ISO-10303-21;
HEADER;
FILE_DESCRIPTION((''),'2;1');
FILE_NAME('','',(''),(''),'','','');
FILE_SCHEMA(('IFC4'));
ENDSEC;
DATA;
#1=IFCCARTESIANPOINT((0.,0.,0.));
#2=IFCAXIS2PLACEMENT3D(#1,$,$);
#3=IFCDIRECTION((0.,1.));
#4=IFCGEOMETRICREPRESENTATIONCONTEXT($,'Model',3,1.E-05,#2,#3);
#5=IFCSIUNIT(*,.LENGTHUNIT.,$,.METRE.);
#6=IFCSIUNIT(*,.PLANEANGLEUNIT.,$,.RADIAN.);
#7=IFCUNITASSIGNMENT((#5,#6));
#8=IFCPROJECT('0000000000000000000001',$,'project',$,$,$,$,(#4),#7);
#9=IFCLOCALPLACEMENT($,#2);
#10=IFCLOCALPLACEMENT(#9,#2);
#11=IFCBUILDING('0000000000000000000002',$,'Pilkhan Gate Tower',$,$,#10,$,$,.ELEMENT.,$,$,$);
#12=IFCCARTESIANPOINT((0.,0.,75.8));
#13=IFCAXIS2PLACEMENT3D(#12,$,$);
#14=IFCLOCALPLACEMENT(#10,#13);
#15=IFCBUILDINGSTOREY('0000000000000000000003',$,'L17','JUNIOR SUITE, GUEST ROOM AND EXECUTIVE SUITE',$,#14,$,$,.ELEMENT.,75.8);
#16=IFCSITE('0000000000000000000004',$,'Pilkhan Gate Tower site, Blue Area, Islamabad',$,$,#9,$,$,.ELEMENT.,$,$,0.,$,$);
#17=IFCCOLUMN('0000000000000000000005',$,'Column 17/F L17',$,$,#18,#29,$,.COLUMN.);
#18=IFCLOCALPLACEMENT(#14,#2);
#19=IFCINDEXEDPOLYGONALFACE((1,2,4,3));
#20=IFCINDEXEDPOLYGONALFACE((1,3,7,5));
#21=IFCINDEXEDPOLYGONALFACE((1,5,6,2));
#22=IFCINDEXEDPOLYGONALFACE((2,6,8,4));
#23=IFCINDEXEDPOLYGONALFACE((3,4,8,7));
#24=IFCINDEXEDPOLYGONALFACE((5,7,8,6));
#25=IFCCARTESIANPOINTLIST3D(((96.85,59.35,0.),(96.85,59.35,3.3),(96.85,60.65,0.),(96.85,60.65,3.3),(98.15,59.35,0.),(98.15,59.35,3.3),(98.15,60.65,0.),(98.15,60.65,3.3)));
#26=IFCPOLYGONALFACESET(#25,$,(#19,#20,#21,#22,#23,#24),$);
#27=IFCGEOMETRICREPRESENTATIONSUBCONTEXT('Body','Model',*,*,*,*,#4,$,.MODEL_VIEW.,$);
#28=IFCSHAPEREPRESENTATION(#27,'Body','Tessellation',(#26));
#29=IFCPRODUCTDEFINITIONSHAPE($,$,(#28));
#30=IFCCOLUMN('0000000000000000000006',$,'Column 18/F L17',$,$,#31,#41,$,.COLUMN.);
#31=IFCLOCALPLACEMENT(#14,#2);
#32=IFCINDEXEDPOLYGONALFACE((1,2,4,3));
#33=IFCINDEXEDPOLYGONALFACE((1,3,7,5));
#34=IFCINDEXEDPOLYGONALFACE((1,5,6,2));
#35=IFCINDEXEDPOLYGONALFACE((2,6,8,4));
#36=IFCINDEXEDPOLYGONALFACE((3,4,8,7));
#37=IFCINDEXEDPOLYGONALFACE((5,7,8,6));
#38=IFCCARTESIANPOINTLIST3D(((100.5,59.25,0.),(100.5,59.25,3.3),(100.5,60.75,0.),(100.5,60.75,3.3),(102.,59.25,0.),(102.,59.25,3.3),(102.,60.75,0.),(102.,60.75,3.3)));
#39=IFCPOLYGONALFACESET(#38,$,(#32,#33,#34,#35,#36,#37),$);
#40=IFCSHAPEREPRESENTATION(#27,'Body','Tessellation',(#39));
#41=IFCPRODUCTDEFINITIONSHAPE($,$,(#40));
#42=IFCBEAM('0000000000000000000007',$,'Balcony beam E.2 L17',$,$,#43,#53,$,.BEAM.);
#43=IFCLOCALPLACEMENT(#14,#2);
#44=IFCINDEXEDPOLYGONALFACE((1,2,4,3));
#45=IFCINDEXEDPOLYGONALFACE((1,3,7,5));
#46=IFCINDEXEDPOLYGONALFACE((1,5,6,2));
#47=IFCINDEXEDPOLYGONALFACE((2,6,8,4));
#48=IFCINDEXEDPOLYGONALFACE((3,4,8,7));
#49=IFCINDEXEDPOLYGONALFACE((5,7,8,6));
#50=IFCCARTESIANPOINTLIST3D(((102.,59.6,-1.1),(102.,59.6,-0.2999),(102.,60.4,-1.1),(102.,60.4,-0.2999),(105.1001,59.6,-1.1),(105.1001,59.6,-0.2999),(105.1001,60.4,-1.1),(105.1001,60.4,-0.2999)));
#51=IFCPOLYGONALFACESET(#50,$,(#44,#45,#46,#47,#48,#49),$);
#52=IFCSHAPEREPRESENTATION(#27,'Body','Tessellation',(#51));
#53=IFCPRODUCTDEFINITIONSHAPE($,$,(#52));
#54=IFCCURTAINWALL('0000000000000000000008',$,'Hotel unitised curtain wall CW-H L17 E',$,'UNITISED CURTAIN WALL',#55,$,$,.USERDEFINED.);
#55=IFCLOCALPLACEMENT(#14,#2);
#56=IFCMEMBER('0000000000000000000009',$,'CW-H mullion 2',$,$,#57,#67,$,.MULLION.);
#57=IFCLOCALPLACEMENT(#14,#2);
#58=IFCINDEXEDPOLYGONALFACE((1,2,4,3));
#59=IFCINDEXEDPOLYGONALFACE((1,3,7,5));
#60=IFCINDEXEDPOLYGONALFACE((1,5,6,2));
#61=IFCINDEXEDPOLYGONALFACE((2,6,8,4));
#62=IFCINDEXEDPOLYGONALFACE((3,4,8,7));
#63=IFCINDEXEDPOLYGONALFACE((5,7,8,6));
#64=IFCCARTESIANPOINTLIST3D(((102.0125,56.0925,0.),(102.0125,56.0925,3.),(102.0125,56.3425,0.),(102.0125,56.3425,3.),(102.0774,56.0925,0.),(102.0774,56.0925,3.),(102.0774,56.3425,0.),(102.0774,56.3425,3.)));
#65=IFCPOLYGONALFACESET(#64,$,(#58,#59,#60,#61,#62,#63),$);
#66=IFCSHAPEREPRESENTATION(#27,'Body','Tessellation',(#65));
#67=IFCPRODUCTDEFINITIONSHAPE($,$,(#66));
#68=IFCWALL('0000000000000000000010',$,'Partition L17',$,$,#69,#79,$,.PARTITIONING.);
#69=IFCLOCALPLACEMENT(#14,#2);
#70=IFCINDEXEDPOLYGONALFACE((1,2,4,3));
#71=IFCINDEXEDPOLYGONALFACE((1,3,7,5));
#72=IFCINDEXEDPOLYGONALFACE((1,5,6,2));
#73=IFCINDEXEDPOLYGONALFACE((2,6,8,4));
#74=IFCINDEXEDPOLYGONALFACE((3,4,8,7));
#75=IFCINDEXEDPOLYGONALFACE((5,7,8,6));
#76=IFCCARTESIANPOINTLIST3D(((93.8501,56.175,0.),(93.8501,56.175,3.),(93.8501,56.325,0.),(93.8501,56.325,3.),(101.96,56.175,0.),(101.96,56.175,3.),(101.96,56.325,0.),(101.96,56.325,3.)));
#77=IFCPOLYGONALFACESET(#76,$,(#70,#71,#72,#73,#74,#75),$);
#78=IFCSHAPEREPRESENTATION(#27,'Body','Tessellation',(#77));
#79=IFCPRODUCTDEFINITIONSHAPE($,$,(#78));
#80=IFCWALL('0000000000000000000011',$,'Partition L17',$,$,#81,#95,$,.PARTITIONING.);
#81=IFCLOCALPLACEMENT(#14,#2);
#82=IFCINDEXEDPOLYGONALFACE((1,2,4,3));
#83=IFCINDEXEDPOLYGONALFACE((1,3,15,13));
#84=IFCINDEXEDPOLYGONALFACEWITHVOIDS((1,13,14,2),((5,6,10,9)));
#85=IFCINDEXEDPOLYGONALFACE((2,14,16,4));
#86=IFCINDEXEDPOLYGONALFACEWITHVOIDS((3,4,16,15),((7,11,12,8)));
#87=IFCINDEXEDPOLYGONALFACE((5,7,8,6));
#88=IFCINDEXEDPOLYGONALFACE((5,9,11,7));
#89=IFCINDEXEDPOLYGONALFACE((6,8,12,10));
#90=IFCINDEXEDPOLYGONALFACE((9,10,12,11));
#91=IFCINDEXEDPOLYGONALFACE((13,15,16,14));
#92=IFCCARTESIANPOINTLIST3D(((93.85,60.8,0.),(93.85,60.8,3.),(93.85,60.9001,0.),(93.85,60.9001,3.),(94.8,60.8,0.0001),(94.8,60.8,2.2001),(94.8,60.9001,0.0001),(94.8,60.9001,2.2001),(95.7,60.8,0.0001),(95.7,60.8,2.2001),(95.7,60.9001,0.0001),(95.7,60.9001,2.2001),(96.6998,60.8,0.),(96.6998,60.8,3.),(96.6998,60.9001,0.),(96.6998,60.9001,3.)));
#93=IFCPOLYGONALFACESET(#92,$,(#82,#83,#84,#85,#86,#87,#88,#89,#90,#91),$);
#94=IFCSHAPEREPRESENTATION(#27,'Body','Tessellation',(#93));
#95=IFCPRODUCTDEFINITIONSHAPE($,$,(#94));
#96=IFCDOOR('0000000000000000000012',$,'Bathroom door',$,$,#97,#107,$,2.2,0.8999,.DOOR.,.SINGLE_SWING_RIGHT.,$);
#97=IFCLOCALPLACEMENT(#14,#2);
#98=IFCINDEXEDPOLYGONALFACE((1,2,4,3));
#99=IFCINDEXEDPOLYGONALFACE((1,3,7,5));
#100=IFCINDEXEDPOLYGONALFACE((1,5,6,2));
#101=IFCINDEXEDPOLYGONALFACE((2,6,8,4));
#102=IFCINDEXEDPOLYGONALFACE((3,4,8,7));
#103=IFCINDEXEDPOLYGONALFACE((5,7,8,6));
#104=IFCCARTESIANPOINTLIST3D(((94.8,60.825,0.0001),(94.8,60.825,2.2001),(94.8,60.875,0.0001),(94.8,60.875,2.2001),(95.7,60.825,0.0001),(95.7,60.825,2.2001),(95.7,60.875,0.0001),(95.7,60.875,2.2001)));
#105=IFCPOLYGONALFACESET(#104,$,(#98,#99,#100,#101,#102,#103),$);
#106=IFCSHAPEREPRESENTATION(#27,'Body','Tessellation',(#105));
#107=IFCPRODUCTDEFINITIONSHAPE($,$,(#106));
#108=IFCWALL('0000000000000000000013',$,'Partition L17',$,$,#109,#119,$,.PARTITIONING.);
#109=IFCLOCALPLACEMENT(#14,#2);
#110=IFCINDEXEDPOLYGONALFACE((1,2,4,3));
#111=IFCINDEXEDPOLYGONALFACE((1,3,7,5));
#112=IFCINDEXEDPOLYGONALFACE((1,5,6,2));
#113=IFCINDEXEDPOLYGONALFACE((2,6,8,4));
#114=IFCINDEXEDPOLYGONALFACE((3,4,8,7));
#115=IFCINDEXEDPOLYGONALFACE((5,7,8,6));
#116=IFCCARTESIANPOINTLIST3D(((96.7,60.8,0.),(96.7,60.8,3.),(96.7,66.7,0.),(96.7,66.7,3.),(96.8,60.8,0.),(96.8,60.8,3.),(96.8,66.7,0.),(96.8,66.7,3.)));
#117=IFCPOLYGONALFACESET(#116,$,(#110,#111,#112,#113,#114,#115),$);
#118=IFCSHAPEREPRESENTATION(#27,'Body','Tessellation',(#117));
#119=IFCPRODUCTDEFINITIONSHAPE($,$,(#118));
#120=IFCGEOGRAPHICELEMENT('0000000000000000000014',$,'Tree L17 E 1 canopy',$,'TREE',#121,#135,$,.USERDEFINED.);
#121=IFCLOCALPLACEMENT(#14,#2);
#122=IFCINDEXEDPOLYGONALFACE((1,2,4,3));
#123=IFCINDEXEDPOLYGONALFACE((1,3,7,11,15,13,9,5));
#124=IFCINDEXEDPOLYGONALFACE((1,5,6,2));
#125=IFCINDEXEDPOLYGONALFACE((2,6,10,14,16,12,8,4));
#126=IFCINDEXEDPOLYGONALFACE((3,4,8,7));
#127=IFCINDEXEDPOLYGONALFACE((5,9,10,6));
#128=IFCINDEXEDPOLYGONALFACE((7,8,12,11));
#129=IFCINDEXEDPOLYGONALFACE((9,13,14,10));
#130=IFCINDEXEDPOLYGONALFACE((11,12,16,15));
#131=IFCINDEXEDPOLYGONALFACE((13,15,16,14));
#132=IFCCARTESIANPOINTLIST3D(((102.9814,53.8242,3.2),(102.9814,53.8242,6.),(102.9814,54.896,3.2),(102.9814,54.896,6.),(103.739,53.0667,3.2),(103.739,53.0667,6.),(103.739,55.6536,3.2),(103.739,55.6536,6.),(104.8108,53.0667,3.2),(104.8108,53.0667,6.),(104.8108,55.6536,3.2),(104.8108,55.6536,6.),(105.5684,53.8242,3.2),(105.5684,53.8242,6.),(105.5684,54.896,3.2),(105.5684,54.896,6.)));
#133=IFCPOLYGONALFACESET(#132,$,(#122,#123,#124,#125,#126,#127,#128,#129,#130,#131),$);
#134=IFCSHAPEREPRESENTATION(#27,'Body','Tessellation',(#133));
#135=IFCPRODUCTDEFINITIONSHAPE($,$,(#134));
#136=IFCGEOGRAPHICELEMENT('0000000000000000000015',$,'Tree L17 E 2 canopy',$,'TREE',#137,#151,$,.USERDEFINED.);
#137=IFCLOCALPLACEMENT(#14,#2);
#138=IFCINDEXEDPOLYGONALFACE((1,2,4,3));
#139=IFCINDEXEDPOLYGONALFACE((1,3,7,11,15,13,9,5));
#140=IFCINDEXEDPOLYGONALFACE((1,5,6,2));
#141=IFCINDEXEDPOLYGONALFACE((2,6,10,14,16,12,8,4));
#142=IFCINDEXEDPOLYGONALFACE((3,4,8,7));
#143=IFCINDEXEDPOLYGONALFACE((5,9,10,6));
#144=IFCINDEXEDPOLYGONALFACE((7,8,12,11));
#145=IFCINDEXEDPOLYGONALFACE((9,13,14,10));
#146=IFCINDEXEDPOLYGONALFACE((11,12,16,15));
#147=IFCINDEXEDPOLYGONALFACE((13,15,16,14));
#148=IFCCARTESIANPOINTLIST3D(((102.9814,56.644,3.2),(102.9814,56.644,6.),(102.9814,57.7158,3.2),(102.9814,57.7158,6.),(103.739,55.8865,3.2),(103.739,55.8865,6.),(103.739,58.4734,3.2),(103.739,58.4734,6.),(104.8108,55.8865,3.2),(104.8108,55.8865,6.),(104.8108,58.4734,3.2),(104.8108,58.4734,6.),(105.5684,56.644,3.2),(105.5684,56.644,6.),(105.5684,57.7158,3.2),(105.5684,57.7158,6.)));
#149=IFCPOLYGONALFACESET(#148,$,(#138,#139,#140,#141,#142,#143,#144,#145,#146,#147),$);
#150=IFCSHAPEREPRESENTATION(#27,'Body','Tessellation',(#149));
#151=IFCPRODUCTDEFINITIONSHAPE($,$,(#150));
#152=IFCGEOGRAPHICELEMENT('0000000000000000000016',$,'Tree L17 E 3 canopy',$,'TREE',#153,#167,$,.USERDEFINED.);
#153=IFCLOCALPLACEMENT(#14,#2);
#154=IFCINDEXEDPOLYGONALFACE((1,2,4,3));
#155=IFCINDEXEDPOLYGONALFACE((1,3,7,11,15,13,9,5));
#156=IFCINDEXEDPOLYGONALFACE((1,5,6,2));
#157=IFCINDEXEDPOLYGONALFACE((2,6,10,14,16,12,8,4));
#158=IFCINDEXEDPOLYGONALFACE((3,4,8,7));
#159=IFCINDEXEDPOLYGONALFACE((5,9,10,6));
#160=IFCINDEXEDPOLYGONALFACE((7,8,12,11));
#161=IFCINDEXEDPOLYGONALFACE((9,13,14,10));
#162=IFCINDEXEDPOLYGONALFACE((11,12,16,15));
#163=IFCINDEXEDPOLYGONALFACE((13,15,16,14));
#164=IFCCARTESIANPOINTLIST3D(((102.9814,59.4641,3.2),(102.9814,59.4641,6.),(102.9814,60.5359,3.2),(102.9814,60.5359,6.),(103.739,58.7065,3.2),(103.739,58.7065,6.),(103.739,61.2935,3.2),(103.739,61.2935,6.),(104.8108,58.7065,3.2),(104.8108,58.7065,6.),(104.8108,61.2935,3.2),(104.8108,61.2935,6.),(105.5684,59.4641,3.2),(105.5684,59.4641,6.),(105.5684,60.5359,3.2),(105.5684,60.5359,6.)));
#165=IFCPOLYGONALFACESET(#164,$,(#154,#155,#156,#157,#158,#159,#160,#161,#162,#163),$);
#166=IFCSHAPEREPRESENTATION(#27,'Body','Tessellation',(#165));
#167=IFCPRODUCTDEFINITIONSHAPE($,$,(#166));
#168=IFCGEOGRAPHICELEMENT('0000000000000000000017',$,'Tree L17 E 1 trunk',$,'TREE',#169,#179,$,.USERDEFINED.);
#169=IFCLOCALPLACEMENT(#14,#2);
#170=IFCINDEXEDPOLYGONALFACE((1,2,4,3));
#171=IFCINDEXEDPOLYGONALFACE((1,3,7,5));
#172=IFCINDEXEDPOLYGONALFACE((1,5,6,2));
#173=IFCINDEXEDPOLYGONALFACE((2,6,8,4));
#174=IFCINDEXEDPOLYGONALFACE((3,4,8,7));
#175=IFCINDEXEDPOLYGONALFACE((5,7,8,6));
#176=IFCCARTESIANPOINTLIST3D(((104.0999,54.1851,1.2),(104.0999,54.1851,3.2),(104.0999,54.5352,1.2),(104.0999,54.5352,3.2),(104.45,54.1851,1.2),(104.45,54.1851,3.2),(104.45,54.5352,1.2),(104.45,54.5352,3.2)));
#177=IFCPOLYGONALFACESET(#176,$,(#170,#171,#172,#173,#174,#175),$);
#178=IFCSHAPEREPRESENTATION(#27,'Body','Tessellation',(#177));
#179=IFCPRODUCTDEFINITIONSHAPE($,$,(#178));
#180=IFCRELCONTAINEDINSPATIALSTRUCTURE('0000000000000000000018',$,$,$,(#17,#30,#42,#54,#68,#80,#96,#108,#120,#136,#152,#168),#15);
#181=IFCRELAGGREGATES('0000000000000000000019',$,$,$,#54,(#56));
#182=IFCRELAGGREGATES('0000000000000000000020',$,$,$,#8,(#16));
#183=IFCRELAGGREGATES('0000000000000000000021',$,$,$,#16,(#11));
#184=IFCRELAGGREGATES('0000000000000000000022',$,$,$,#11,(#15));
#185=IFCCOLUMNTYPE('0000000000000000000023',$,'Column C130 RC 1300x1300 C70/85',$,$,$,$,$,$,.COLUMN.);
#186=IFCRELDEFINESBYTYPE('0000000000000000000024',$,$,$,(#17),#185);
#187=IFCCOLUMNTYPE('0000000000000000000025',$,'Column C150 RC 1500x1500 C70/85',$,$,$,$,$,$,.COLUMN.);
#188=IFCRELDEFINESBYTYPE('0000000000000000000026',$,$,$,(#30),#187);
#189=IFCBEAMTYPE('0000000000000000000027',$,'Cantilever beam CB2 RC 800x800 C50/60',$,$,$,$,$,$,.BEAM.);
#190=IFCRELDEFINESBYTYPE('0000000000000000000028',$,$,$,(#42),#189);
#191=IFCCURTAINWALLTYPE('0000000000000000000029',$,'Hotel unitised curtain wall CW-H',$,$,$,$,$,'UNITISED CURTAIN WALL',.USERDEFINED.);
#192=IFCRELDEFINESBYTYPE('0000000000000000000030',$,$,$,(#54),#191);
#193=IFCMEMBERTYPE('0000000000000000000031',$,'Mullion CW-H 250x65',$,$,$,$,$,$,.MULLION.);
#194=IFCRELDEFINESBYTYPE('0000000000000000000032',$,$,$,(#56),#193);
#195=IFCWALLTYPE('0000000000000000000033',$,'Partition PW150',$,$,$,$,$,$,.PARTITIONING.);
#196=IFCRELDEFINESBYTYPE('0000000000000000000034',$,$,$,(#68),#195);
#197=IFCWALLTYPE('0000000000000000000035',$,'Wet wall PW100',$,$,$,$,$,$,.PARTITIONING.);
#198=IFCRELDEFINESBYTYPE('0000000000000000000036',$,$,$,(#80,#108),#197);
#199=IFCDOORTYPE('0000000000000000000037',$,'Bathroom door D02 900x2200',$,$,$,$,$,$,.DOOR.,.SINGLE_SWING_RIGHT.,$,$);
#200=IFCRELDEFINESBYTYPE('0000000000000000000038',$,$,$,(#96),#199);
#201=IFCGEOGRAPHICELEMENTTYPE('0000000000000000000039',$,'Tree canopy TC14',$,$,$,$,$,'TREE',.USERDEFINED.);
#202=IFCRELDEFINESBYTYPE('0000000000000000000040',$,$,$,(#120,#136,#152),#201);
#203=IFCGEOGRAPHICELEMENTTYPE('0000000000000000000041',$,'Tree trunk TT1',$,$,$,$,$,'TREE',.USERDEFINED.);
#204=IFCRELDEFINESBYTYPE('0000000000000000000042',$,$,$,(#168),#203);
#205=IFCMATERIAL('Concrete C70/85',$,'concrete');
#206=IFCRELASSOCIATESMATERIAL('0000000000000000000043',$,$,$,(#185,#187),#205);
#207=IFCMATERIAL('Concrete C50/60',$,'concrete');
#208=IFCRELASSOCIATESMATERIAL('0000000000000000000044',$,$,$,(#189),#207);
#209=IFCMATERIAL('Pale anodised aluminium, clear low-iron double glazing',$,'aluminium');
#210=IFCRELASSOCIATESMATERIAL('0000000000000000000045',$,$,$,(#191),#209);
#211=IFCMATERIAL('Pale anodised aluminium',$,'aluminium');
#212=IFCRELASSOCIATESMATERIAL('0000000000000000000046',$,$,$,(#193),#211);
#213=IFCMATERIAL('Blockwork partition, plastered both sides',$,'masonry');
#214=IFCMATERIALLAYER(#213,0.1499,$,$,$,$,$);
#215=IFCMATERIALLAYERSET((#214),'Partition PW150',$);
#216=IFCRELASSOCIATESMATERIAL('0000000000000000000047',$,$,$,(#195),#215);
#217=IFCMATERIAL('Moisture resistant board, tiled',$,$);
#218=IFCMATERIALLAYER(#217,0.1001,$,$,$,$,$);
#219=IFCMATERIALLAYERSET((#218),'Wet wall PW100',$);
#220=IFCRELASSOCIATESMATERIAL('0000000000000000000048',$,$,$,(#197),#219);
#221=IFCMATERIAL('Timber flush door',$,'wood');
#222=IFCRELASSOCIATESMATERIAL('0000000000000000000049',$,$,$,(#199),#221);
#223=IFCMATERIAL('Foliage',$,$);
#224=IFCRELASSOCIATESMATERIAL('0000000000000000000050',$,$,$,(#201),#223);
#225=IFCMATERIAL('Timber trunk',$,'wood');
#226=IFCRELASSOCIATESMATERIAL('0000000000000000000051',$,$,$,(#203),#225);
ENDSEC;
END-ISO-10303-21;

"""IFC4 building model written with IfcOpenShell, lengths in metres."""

from ifc_helpers import new_model, si_unit, direction, frame, frame_2d, origin, origin_2d, place, context, subcontext, project, spatial, polyline, rectangle, outline, extrude, material, layer, layer_set, material_profile, profile_set, type_object, element, fill, aggregate, save


model = new_model("IFC4")

# Units and contexts
model_context = context("Model", 3, precision=1e-05, world=origin(), true_north=direction((0.0, 1.0)))
body_context = subcontext(model_context, "Body", "Model", "MODEL_VIEW")
ifc_project = project(units=[si_unit("LENGTHUNIT", "METRE"), si_unit("PLANEANGLEUNIT", "RADIAN")], contexts=[model_context])

# Site, building, storey
site_placement = place(None, origin())
site = spatial("IfcSite", under=ifc_project, at=site_placement, Name="Pilkhan Gate Tower site, Blue Area, Islamabad", CompositionType="ELEMENT", RefElevation=0.0)
building_placement = place(site_placement, origin())
building = spatial("IfcBuilding", under=site, at=building_placement, Name="Pilkhan Gate Tower", CompositionType="ELEMENT")
storey_placement = place(building_placement, frame((0.0, 0.0, 75.8)))
storey = spatial("IfcBuildingStorey", under=building, at=storey_placement, Name="L17", Description="JUNIOR SUITE, GUEST ROOM AND EXECUTIVE SUITE", CompositionType="ELEMENT", Elevation=75.8)

# Columns
ifc_material_1 = material(Name="Concrete C70/85", Category="concrete")
ifc_material_profile_1 = material_profile(ifc_material_1, rectangle(XDim=1.3, YDim=1.3, at=origin_2d()), Name="RC 1300x1300")
ifc_profile_set_1 = profile_set([ifc_material_profile_1], Name="Concrete C70/85")
column_type_1 = type_object("IfcColumnType", Name="Column C130 RC 1300x1300 C70/85", PredefinedType="COLUMN", material=ifc_profile_set_1)
column_1_placement = place(storey_placement, frame((97.5, 60.0, 0.0), z_axis=(0.0, 0.0, 1.0), x_axis=(1.0, 0.0, 0.0)))
element("IfcColumn", 1, at=column_1_placement, inside=storey, type_object=column_type_1, Name="Column 17/F L17", PredefinedType="COLUMN", context=body_context, shape_type="SweptSolid", body=[
    extrude(rectangle(XDim=1.3, YDim=1.3, at=origin_2d()), origin(), (0.0, 0.0, 1.0), 3.3),
])
ifc_material_profile_2 = material_profile(ifc_material_1, rectangle(XDim=1.5, YDim=1.5, at=origin_2d()), Name="RC 1500x1500")
ifc_profile_set_2 = profile_set([ifc_material_profile_2], Name="Concrete C70/85")
column_type_2 = type_object("IfcColumnType", Name="Column C150 RC 1500x1500 C70/85", PredefinedType="COLUMN", material=ifc_profile_set_2)
column_2_placement = place(storey_placement, frame((101.25, 60.0, 0.0), z_axis=(0.0, 0.0, 1.0), x_axis=(1.0, 0.0, 0.0)))
element("IfcColumn", 2, at=column_2_placement, inside=storey, type_object=column_type_2, Name="Column 18/F L17", PredefinedType="COLUMN", context=body_context, shape_type="SweptSolid", body=[
    extrude(rectangle(XDim=1.5, YDim=1.5, at=origin_2d()), origin(), (0.0, 0.0, 1.0), 3.3),
])

# Beam
ifc_material_2 = material(Name="Concrete C50/60", Category="concrete")
ifc_material_profile_3 = material_profile(ifc_material_2, rectangle(XDim=0.8, YDim=0.8, at=origin_2d()), Name="RC 800x800")
ifc_profile_set_3 = profile_set([ifc_material_profile_3], Name="Concrete C50/60")
beam_type = type_object("IfcBeamType", Name="Cantilever beam CB2 RC 800x800 C50/60", PredefinedType="BEAM", material=ifc_profile_set_3)
beam_placement = place(storey_placement, frame((102.0, 60.0, -0.7), z_axis=(1.0, 0.0, 0.0), x_axis=(0.0, 1.0, 0.0)))
element("IfcBeam", 3, at=beam_placement, inside=storey, type_object=beam_type, Name="Balcony beam E.2 L17", PredefinedType="BEAM", context=body_context, shape_type="SweptSolid", body=[
    extrude(rectangle(XDim=0.8, YDim=0.8, at=origin_2d()), origin(), (0.0, 0.0, 1.0), 3.1001),
])

# Curtain wall, member
ifc_material_3 = material(Name="Pale anodised aluminium, clear low-iron double glazing", Category="aluminium")
curtain_wall_type = type_object("IfcCurtainWallType", Name="Hotel unitised curtain wall CW-H", ElementType="UNITISED CURTAIN WALL", PredefinedType="USERDEFINED", material=ifc_material_3)
curtain_wall_placement = place(storey_placement, origin())
curtain_wall = element("IfcCurtainWall", 4, at=curtain_wall_placement, inside=storey, type_object=curtain_wall_type, Name="Hotel unitised curtain wall CW-H L17 E", ObjectType="UNITISED CURTAIN WALL", PredefinedType="USERDEFINED")
ifc_material_4 = material(Name="Pale anodised aluminium", Category="aluminium")
ifc_material_profile_4 = material_profile(ifc_material_4, rectangle(XDim=0.0649, YDim=0.25, at=origin_2d()), Name="Mullion 250x65")
ifc_profile_set_4 = profile_set([ifc_material_profile_4], Name="Pale anodised aluminium")
member_type = type_object("IfcMemberType", Name="Mullion CW-H 250x65", PredefinedType="MULLION", material=ifc_profile_set_4)
member_placement = place(storey_placement, frame((102.0449, 56.2175, 0.0), z_axis=(0.0, 0.0, 1.0), x_axis=(-1.0, 0.0, 0.0)))
member = element("IfcMember", 5, at=member_placement, type_object=member_type, Name="CW-H mullion 2", PredefinedType="MULLION", context=body_context, shape_type="SweptSolid", body=[
    extrude(rectangle(XDim=0.0649, YDim=0.25, at=origin_2d()), origin(), (0.0, 0.0, 1.0), 3.0),
])
aggregate(curtain_wall, [member])

# Wall
ifc_material_5 = material(Name="Blockwork partition, plastered both sides", Category="masonry")
ifc_layer_1 = layer(ifc_material_5, 0.1499)
ifc_layer_set_1 = layer_set([ifc_layer_1], Name="Partition PW150")
wall_type_1 = type_object("IfcWallType", Name="Partition PW150", PredefinedType="PARTITIONING", material=ifc_layer_set_1)
wall_1_placement = place(storey_placement, frame((93.8501, 56.25, 0.0), z_axis=(0.0, 0.0, 1.0), x_axis=(1.0, 0.0, 0.0)))
element("IfcWall", 6, at=wall_1_placement, inside=storey, type_object=wall_type_1, Name="Partition L17", PredefinedType="PARTITIONING", context=body_context, shape_type="SweptSolid", body=[
    extrude(rectangle(XDim=8.1099, YDim=0.1499, at=frame_2d((4.0549, 0.0))), origin(), (0.0, 0.0, 1.0), 3.0),
])

# Wall, opening, door
ifc_material_6 = material(Name="Moisture resistant board, tiled")
ifc_layer_2 = layer(ifc_material_6, 0.1001)
ifc_layer_set_2 = layer_set([ifc_layer_2], Name="Wet wall PW100")
wall_type_2 = type_object("IfcWallType", Name="Wet wall PW100", PredefinedType="PARTITIONING", material=ifc_layer_set_2)
wall_2_placement = place(storey_placement, frame((93.8501, 60.8501, 0.0), z_axis=(0.0, 0.0, 1.0), x_axis=(1.0, 0.0, 0.0)))
wall_2 = element("IfcWall", 7, at=wall_2_placement, inside=storey, type_object=wall_type_2, Name="Partition L17", PredefinedType="PARTITIONING", context=body_context, shape_type="SweptSolid", body=[
    extrude(rectangle(XDim=2.8499, YDim=0.1001, at=frame_2d((1.4248, 0.0))), origin(), (0.0, 0.0, 1.0), 3.0),
])
opening_1_placement = place(wall_2_placement, frame((0.95, 0.0, 0.0)))
opening_1 = element("IfcOpeningElement", 8, at=opening_1_placement, cuts=wall_2, PredefinedType="OPENING", context=body_context, shape_type="SweptSolid", body=[
    extrude(rectangle(XDim=0.8999, YDim=2.2, at=frame_2d((0.45, 1.1001))), frame((0.0, 0.0601, 0.0), z_axis=(0.0, -1.0, 0.0), x_axis=(1.0, 0.0, 0.0)), (0.0, 0.0, 1.0), 0.1201),
])
ifc_material_7 = material(Name="Timber flush door", Category="wood")
door_type_1 = type_object("IfcDoorType", Name="Bathroom door D02 900x2200", OperationType="SINGLE_SWING_RIGHT", PredefinedType="DOOR", material=ifc_material_7)
door_1_placement = place(opening_1_placement, origin())
door_1 = element("IfcDoor", 9, at=door_1_placement, inside=storey, type_object=door_type_1, Name="Bathroom door", OperationType="SINGLE_SWING_RIGHT", OverallHeight=2.2, OverallWidth=0.8999, PredefinedType="DOOR", context=body_context, shape_type="SweptSolid", body=[
    extrude(rectangle(XDim=0.8999, YDim=2.2, at=frame_2d((0.45, 1.1001))), frame((0.0, 0.0249, 0.0), z_axis=(0.0, -1.0, 0.0), x_axis=(1.0, 0.0, 0.0)), (0.0, 0.0, 1.0), 0.05),
])
fill(opening_1, door_1)

# Wall
wall_3_placement = place(storey_placement, frame((96.75, 60.8, 0.0), z_axis=(0.0, 0.0, 1.0), x_axis=(0.0, 1.0, 0.0)))
element("IfcWall", 10, at=wall_3_placement, inside=storey, type_object=wall_type_2, Name="Partition L17", PredefinedType="PARTITIONING", context=body_context, shape_type="SweptSolid", body=[
    extrude(rectangle(XDim=5.8999, YDim=0.1001, at=frame_2d((2.95, 0.0))), origin(), (0.0, 0.0, 1.0), 3.0),
])

# Geographic elements
ifc_material_8 = material(Name="Foliage")
ifc_material_profile_5 = material_profile(ifc_material_8, outline(polyline([(1.2935, 0.5359), (0.5359, 1.2935), (-0.5359, 1.2935), (-1.2935, 0.5359), (-1.2935, -0.5359), (-0.5359, -1.2935), (0.5359, -1.2935), (1.2935, -0.5359), (1.2935, 0.5359)])), Name="Canopy D2.8")
ifc_profile_set_5 = profile_set([ifc_material_profile_5], Name="Foliage")
geographic_element_type_1 = type_object("IfcGeographicElementType", Name="Tree canopy TC14", ElementType="TREE", PredefinedType="USERDEFINED", material=ifc_profile_set_5)
for number, where, z_axis, x_axis, name in (
    (11, (104.2749, 54.3601, 3.2), (0.0, 0.0, 1.0), (1.0, 0.0, 0.0), "Tree L17 E 1 canopy"),
    (12, (104.2749, 57.1799, 3.2), (0.0, 0.0, 1.0), (1.0, 0.0, 0.0), "Tree L17 E 2 canopy"),
    (13, (104.2749, 60.0, 3.2), (0.0, 0.0, 1.0), (1.0, 0.0, 0.0), "Tree L17 E 3 canopy"),
):
    element("IfcGeographicElement", number, at=place(storey_placement, frame(where, z_axis=z_axis, x_axis=x_axis)), inside=storey, type_object=geographic_element_type_1, Name=name, ObjectType="TREE", PredefinedType="USERDEFINED", context=body_context, shape_type="SweptSolid", body=[
        extrude(outline(polyline([(1.2935, 0.5359), (0.5359, 1.2935), (-0.5359, 1.2935), (-1.2935, 0.5359), (-1.2935, -0.5359), (-0.5359, -1.2935), (0.5359, -1.2935), (1.2935, -0.5359), (1.2935, 0.5359)])), origin(), (0.0, 0.0, 1.0), 2.8),
    ])
ifc_material_9 = material(Name="Timber trunk", Category="wood")
geographic_element_type_2 = type_object("IfcGeographicElementType", Name="Tree trunk TT1", ElementType="TREE", PredefinedType="USERDEFINED", material=ifc_material_9)
for number, where, z_axis, x_axis, name in (
    (14, (104.2749, 54.3601, 1.2), (0.0, 0.0, 1.0), (1.0, 0.0, 0.0), "Tree L17 E 1 trunk"),
):
    element("IfcGeographicElement", number, at=place(storey_placement, frame(where, z_axis=z_axis, x_axis=x_axis)), inside=storey, type_object=geographic_element_type_2, Name=name, ObjectType="TREE", PredefinedType="USERDEFINED", context=body_context, shape_type="SweptSolid", body=[
        extrude(rectangle(XDim=0.3501, YDim=0.3501, at=origin_2d()), origin(), (0.0, 0.0, 1.0), 2.0),
    ])

save(model, "model.ifc")
